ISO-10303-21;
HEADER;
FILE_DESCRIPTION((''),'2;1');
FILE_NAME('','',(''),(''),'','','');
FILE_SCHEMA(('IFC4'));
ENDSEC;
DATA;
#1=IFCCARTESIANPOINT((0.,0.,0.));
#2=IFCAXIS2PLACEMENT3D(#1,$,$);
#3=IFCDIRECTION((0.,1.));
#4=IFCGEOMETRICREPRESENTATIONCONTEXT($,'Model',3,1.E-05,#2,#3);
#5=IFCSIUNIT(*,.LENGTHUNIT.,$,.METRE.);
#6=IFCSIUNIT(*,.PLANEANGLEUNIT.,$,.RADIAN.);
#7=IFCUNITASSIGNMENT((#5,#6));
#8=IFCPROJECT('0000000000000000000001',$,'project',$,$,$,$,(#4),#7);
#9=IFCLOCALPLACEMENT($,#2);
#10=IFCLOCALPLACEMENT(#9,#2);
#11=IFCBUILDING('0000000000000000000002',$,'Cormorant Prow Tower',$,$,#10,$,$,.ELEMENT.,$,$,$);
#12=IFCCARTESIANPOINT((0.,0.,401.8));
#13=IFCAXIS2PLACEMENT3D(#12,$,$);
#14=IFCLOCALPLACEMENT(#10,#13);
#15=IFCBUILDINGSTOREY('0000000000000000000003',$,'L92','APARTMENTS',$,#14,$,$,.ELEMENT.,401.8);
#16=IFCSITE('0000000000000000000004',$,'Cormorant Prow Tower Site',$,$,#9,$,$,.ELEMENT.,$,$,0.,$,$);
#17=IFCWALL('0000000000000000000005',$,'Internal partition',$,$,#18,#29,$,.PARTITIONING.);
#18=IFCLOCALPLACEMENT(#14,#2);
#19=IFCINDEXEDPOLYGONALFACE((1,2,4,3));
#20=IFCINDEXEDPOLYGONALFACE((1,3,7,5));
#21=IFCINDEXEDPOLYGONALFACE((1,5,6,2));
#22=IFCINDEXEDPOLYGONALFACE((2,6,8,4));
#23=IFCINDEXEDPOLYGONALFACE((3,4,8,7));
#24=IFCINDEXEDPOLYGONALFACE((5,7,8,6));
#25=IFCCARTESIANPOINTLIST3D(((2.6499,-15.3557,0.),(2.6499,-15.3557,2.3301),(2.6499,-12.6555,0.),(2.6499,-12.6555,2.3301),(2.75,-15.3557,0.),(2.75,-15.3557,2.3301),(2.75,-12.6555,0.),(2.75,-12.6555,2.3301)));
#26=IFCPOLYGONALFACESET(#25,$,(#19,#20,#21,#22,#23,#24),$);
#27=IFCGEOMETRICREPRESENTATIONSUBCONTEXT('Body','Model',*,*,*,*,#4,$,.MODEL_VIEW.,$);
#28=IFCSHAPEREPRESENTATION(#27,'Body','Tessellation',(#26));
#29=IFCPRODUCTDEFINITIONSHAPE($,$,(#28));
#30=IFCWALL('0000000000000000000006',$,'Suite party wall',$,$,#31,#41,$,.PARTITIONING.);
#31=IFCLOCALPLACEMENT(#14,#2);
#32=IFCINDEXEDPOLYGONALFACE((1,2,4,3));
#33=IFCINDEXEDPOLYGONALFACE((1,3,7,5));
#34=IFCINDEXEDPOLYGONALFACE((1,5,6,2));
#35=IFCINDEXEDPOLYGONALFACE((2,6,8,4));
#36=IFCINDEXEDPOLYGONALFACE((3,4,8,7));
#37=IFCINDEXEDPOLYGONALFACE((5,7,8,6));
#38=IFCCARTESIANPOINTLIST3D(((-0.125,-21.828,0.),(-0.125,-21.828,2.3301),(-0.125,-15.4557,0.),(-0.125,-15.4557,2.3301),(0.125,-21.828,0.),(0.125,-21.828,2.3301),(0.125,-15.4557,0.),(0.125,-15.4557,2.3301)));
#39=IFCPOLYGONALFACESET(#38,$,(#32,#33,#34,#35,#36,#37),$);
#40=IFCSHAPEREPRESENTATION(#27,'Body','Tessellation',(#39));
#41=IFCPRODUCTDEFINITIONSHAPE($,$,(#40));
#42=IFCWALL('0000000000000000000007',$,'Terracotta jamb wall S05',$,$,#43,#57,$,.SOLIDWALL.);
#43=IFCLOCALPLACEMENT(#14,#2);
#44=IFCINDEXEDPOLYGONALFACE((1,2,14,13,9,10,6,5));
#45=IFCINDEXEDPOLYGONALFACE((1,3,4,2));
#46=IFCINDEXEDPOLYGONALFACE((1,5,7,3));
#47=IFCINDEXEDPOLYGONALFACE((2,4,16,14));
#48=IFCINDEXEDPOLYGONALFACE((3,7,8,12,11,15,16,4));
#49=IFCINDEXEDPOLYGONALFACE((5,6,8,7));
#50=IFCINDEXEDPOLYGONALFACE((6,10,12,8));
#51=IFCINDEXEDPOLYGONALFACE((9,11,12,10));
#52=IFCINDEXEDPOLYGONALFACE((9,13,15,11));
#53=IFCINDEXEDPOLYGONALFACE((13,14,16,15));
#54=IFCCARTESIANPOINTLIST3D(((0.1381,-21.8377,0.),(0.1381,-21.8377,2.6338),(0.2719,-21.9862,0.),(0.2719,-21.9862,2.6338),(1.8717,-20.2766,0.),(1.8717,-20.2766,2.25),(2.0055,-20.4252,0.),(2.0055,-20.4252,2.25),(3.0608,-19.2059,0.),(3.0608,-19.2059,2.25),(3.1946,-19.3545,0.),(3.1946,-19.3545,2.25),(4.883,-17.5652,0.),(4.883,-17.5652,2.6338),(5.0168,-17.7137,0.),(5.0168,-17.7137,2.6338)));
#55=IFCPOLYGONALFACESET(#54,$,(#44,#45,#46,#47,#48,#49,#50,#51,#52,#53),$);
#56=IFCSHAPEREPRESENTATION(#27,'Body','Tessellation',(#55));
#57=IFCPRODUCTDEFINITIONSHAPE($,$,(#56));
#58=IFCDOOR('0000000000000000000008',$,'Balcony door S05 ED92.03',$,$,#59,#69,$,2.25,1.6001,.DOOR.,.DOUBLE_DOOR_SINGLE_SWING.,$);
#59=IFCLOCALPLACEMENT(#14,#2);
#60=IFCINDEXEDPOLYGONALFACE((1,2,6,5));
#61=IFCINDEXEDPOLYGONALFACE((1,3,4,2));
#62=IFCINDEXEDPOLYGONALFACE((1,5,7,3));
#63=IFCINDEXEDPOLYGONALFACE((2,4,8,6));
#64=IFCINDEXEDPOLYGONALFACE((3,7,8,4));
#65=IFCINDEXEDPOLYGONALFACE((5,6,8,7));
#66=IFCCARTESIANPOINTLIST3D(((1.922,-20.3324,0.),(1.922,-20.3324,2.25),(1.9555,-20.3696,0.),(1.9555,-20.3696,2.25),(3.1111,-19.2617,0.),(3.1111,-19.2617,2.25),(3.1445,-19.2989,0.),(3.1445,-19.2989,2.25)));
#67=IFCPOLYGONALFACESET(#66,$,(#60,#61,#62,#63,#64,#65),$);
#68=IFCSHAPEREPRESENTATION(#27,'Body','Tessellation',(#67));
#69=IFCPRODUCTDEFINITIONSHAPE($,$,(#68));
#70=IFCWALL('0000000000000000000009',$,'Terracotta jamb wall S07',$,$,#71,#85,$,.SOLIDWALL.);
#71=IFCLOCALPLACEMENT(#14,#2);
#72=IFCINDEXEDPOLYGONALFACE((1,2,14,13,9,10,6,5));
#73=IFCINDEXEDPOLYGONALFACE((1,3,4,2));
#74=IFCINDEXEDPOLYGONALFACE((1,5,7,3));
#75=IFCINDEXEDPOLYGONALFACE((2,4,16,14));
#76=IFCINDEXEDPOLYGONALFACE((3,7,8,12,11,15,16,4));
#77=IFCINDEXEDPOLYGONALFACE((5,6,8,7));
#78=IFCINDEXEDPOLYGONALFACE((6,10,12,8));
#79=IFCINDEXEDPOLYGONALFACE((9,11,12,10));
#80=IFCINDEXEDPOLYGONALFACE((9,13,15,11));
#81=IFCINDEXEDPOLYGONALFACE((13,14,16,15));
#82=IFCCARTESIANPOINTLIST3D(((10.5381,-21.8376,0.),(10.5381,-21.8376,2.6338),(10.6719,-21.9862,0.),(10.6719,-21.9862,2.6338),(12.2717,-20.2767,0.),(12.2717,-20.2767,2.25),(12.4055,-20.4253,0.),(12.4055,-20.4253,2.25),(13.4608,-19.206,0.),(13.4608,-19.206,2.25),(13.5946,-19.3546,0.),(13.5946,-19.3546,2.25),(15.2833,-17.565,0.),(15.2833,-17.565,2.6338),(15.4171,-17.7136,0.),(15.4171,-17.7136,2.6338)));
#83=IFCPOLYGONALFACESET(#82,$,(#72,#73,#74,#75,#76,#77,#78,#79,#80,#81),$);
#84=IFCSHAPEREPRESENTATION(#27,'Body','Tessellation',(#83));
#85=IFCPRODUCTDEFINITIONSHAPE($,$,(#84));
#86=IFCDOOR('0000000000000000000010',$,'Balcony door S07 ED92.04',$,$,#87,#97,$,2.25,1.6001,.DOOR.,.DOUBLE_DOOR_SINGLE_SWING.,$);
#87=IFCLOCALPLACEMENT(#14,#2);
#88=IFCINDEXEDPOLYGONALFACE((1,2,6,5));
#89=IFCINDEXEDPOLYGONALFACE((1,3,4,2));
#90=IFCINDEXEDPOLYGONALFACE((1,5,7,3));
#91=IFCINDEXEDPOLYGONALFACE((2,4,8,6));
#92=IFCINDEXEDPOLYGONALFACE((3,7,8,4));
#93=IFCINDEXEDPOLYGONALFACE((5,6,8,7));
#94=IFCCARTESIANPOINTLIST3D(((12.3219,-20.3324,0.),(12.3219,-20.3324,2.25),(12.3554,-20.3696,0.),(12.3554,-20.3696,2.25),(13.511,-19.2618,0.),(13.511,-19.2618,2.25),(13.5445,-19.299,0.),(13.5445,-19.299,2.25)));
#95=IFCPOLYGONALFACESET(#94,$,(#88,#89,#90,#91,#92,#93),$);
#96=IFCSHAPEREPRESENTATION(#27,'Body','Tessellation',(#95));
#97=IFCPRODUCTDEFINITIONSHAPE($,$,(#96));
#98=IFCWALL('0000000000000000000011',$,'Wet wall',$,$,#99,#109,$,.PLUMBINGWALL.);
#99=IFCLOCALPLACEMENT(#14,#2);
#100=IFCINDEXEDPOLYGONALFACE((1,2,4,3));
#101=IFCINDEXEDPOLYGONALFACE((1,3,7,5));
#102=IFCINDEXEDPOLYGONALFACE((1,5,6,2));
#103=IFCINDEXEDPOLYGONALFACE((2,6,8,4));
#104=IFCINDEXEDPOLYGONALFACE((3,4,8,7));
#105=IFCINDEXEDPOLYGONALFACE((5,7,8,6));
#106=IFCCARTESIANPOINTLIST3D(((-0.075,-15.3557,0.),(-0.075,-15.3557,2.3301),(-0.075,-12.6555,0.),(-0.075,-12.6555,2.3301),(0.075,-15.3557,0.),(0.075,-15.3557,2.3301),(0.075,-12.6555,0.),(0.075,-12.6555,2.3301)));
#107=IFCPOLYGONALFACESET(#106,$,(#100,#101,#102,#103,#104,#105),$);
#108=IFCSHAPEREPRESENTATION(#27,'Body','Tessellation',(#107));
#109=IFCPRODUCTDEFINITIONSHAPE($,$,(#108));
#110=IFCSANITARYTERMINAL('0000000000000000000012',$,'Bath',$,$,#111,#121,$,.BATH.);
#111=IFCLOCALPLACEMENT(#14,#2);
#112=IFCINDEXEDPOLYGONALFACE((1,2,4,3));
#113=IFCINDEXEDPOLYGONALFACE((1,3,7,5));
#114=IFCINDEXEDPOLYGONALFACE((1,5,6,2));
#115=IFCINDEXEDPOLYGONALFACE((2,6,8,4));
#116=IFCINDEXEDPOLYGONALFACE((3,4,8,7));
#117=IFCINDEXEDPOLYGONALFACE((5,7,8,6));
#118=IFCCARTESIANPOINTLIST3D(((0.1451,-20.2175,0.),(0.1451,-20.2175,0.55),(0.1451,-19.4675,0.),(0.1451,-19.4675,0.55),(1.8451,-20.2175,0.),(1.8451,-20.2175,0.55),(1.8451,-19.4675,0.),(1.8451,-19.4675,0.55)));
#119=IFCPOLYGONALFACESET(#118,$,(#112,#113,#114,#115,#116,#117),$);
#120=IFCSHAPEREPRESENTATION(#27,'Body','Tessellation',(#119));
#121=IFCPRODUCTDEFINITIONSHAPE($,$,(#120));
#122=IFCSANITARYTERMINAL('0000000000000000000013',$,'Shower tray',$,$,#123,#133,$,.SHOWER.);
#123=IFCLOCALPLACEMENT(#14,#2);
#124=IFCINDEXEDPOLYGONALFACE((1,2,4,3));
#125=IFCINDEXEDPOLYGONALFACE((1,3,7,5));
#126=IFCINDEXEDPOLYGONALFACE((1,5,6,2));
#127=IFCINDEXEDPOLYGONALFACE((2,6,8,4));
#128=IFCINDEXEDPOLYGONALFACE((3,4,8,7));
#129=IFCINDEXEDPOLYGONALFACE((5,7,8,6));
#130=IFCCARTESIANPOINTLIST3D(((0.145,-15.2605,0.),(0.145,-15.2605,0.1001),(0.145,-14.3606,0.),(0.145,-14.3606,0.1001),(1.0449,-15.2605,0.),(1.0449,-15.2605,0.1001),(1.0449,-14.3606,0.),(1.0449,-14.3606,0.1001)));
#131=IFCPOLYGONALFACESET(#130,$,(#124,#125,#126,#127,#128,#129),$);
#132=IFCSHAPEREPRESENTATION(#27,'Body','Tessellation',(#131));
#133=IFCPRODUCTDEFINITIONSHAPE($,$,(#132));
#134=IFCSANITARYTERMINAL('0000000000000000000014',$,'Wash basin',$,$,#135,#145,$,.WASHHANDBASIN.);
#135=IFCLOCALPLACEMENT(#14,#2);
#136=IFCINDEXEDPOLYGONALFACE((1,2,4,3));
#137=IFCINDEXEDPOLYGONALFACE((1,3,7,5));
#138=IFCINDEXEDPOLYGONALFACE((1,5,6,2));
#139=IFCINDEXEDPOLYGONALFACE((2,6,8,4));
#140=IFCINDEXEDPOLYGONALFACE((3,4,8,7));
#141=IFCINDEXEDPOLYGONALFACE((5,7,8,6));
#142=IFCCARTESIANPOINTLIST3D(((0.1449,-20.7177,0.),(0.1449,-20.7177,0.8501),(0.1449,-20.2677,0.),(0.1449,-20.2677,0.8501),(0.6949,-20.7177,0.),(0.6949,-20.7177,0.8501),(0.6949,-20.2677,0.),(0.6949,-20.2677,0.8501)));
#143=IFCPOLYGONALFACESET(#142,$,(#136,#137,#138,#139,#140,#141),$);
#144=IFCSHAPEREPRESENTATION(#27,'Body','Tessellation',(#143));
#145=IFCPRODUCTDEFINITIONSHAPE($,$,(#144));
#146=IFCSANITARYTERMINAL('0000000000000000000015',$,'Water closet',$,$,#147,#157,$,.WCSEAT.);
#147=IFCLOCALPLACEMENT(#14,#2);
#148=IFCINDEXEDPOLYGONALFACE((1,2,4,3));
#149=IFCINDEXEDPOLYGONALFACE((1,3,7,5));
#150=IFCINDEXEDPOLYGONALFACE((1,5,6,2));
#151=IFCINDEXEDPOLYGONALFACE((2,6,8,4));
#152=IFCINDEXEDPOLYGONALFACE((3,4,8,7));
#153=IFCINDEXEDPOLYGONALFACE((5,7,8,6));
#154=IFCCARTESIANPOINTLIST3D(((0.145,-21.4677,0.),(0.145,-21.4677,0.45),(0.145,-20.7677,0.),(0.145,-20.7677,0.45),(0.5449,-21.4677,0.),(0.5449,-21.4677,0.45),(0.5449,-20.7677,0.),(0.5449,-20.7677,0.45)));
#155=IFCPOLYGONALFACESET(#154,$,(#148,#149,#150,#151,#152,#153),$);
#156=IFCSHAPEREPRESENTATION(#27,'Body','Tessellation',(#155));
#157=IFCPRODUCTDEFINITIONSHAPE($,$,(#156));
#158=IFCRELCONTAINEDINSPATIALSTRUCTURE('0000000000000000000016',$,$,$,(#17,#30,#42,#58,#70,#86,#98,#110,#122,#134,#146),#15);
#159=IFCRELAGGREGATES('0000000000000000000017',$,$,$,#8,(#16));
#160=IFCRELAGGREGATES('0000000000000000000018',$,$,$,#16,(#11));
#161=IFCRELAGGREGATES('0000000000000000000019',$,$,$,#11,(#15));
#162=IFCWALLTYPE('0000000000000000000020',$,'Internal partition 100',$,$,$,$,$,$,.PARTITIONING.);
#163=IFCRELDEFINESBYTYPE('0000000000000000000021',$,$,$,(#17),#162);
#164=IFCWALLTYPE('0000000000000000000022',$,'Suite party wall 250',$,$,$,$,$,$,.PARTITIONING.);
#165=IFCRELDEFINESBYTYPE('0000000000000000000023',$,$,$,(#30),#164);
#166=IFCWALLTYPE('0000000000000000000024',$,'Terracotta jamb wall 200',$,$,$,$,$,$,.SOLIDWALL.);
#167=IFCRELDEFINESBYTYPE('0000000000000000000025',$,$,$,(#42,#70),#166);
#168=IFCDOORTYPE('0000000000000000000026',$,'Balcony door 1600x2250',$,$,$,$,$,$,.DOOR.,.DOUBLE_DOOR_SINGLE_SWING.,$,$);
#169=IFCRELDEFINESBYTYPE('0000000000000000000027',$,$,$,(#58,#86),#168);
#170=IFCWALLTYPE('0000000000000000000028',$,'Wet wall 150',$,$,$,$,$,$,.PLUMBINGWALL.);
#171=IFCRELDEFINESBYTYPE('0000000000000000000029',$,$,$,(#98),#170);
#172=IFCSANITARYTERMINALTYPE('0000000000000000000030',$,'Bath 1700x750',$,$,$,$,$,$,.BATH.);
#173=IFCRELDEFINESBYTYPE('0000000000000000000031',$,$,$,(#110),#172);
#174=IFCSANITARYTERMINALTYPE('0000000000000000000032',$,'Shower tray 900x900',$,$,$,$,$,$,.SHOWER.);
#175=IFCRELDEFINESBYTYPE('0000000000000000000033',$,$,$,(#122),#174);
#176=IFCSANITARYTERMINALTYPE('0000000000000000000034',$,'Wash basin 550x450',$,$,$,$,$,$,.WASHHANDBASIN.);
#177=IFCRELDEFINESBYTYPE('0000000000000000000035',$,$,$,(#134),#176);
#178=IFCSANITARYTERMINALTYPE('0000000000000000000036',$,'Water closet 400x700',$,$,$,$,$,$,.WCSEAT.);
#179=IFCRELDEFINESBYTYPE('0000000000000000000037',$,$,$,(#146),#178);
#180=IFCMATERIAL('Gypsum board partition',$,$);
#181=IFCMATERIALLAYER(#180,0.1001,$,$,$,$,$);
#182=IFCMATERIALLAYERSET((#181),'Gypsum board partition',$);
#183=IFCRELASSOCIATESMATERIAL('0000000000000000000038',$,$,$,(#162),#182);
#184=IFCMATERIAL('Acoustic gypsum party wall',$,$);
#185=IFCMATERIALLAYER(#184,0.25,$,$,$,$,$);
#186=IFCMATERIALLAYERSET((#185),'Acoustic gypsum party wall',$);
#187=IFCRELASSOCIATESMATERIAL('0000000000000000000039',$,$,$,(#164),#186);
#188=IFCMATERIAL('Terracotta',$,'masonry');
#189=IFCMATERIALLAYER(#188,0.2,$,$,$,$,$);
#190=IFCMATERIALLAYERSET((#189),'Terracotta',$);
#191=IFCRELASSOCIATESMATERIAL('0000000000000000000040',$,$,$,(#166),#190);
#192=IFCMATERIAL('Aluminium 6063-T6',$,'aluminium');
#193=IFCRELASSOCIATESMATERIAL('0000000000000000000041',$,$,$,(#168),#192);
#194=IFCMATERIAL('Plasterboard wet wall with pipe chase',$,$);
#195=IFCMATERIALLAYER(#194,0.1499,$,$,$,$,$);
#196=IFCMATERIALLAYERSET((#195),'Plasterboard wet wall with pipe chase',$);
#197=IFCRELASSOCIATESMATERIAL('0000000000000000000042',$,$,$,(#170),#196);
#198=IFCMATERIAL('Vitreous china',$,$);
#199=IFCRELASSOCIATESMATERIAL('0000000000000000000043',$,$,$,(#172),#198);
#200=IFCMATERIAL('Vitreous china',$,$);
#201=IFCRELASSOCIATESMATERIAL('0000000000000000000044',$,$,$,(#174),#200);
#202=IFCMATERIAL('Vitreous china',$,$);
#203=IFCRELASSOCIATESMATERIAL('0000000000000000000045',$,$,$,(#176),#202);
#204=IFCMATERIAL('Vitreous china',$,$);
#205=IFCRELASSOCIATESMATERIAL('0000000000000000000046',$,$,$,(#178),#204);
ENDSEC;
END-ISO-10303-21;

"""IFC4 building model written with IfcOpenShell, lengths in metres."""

from ifc_helpers import new_model, si_unit, direction, frame, frame_2d, origin, origin_2d, place, context, subcontext, project, spatial, rectangle, extrude, material, layer, layer_set, type_object, element, fill, save


model = new_model("IFC4")

# Units and contexts
model_context = context("Model", 3, precision=1e-05, world=origin(), true_north=direction((0.0, 1.0)))
body_context = subcontext(model_context, "Body", "Model", "MODEL_VIEW")
ifc_project = project(units=[si_unit("LENGTHUNIT", "METRE"), si_unit("PLANEANGLEUNIT", "RADIAN")], contexts=[model_context])

# Site, building, storey
site_placement = place(None, origin())
site = spatial("IfcSite", under=ifc_project, at=site_placement, Name="Cormorant Prow Tower Site", CompositionType="ELEMENT", RefElevation=0.0)
building_placement = place(site_placement, origin())
building = spatial("IfcBuilding", under=site, at=building_placement, Name="Cormorant Prow Tower", CompositionType="ELEMENT")
storey_placement = place(building_placement, frame((0.0, 0.0, 401.8)))
storey = spatial("IfcBuildingStorey", under=building, at=storey_placement, Name="L92", Description="APARTMENTS", CompositionType="ELEMENT", Elevation=401.8)

# Shared definitions
ifc_material_1 = material(Name="Gypsum board partition")
ifc_layer_1 = layer(ifc_material_1, 0.1001)
ifc_layer_set_1 = layer_set([ifc_layer_1], Name="Gypsum board partition")
wall_type_1 = type_object("IfcWallType", Name="Internal partition 100", PredefinedType="PARTITIONING", material=ifc_layer_set_1)

# Walls
wall_1_placement = place(storey_placement, frame((2.7, -15.3557, 0.0), z_axis=(0.0, 0.0, 1.0), x_axis=(0.0, 1.0, 0.0)))
element("IfcWall", 1, at=wall_1_placement, inside=storey, type_object=wall_type_1, Name="Internal partition", PredefinedType="PARTITIONING", context=body_context, shape_type="SweptSolid", body=[
    extrude(rectangle(XDim=2.7002, YDim=0.1001, at=frame_2d((1.3501, 0.0))), origin(), (0.0, 0.0, 1.0), 2.3301),
])
ifc_material_2 = material(Name="Acoustic gypsum party wall")
ifc_layer_2 = layer(ifc_material_2, 0.25)
ifc_layer_set_2 = layer_set([ifc_layer_2], Name="Acoustic gypsum party wall")
wall_type_2 = type_object("IfcWallType", Name="Suite party wall 250", PredefinedType="PARTITIONING", material=ifc_layer_set_2)
wall_2_placement = place(storey_placement, frame((0.0, -21.8279, 0.0), z_axis=(0.0, 0.0, 1.0), x_axis=(0.0, 1.0, 0.0)))
element("IfcWall", 2, at=wall_2_placement, inside=storey, type_object=wall_type_2, Name="Suite party wall", PredefinedType="PARTITIONING", context=body_context, shape_type="SweptSolid", body=[
    extrude(rectangle(XDim=6.3723, YDim=0.25, at=frame_2d((3.186, 0.0))), origin(), (0.0, 0.0, 1.0), 2.3301),
])

# Walls, openings, doors
ifc_material_3 = material(Name="Terracotta", Category="masonry")
ifc_layer_3 = layer(ifc_material_3, 0.2)
ifc_layer_set_3 = layer_set([ifc_layer_3], Name="Terracotta")
wall_type_3 = type_object("IfcWallType", Name="Terracotta jamb wall 200", PredefinedType="SOLIDWALL", material=ifc_layer_set_3)
wall_3_placement = place(storey_placement, frame((0.2051, -21.9119, 0.0), z_axis=(0.0, 0.0, 1.0), x_axis=(0.743133, 0.669144, 0.0)))
wall_3 = element("IfcWall", 3, at=wall_3_placement, inside=storey, type_object=wall_type_3, Name="Terracotta jamb wall S05", PredefinedType="SOLIDWALL", context=body_context, shape_type="SweptSolid", body=[
    extrude(rectangle(XDim=6.385, YDim=0.2, at=frame_2d((3.1924, 0.0))), origin(), (0.0, 0.0, 1.0), 2.6338),
])
opening_1_placement = place(wall_3_placement, frame((2.3328, 0.0, 0.0)))
opening_1 = element("IfcOpeningElement", 4, at=opening_1_placement, cuts=wall_3, PredefinedType="OPENING", context=body_context, shape_type="SweptSolid", body=[
    extrude(rectangle(XDim=1.6001, YDim=2.25, at=frame_2d((0.8, 1.125))), frame((0.0, 0.1099, 0.0), z_axis=(0.0, -1.0, 0.0), x_axis=(1.0, 0.0, 0.0)), (0.0, 0.0, 1.0), 0.22),
])
ifc_material_4 = material(Name="Aluminium 6063-T6", Category="aluminium")
door_type_1 = type_object("IfcDoorType", Name="Balcony door 1600x2250", OperationType="DOUBLE_DOOR_SINGLE_SWING", PredefinedType="DOOR", material=ifc_material_4)
door_1_placement = place(opening_1_placement, origin())
door_1 = element("IfcDoor", 5, at=door_1_placement, inside=storey, type_object=door_type_1, Name="Balcony door S05 ED92.03", OperationType="DOUBLE_DOOR_SINGLE_SWING", OverallHeight=2.25, OverallWidth=1.6001, PredefinedType="DOOR", context=body_context, shape_type="SweptSolid", body=[
    extrude(rectangle(XDim=1.6001, YDim=2.25, at=frame_2d((0.8, 1.125))), frame((0.0, 0.0249, 0.0), z_axis=(0.0, -1.0, 0.0), x_axis=(1.0, 0.0, 0.0)), (0.0, 0.0, 1.0), 0.05),
])
fill(opening_1, door_1)
wall_4_placement = place(storey_placement, frame((10.605, -21.9119, 0.0), z_axis=(0.0, 0.0, 1.0), x_axis=(0.74315, 0.669125, 0.0)))
wall_4 = element("IfcWall", 6, at=wall_4_placement, inside=storey, type_object=wall_type_3, Name="Terracotta jamb wall S07", PredefinedType="SOLIDWALL", context=body_context, shape_type="SweptSolid", body=[
    extrude(rectangle(XDim=6.3853, YDim=0.2, at=frame_2d((3.1926, 0.0))), origin(), (0.0, 0.0, 1.0), 2.6338),
])
opening_2_placement = place(wall_4_placement, frame((2.3328, 0.0, 0.0)))
opening_2 = element("IfcOpeningElement", 7, at=opening_2_placement, cuts=wall_4, PredefinedType="OPENING", context=body_context, shape_type="SweptSolid", body=[
    extrude(rectangle(XDim=1.6001, YDim=2.25, at=frame_2d((0.8, 1.125))), frame((0.0, 0.1099, 0.0), z_axis=(0.0, -1.0, 0.0), x_axis=(1.0, 0.0, 0.0)), (0.0, 0.0, 1.0), 0.22),
])
door_2_placement = place(opening_2_placement, origin())
door_2 = element("IfcDoor", 8, at=door_2_placement, inside=storey, type_object=door_type_1, Name="Balcony door S07 ED92.04", OperationType="DOUBLE_DOOR_SINGLE_SWING", OverallHeight=2.25, OverallWidth=1.6001, PredefinedType="DOOR", context=body_context, shape_type="SweptSolid", body=[
    extrude(rectangle(XDim=1.6001, YDim=2.25, at=frame_2d((0.8, 1.125))), frame((0.0, 0.0249, 0.0), z_axis=(0.0, -1.0, 0.0), x_axis=(1.0, 0.0, 0.0)), (0.0, 0.0, 1.0), 0.05),
])
fill(opening_2, door_2)

# Wall
ifc_material_5 = material(Name="Plasterboard wet wall with pipe chase")
ifc_layer_4 = layer(ifc_material_5, 0.1499)
ifc_layer_set_4 = layer_set([ifc_layer_4], Name="Plasterboard wet wall with pipe chase")
wall_type_4 = type_object("IfcWallType", Name="Wet wall 150", PredefinedType="PLUMBINGWALL", material=ifc_layer_set_4)
wall_5_placement = place(storey_placement, frame((0.0, -15.3557, 0.0), z_axis=(0.0, 0.0, 1.0), x_axis=(0.0, 1.0, 0.0)))
element("IfcWall", 9, at=wall_5_placement, inside=storey, type_object=wall_type_4, Name="Wet wall", PredefinedType="PLUMBINGWALL", context=body_context, shape_type="SweptSolid", body=[
    extrude(rectangle(XDim=2.7002, YDim=0.1499, at=frame_2d((1.3501, 0.0))), origin(), (0.0, 0.0, 1.0), 2.3301),
])

# Sanitary terminals
ifc_material_6 = material(Name="Vitreous china")
sanitary_terminal_type_1 = type_object("IfcSanitaryTerminalType", Name="Bath 1700x750", PredefinedType="BATH", material=ifc_material_6)
sanitary_terminal_1_placement = place(storey_placement, frame((0.9951, -19.8425, 0.0), z_axis=(0.0, 0.0, 1.0), x_axis=(1.0, 0.0, 0.0)))
element("IfcSanitaryTerminal", 10, at=sanitary_terminal_1_placement, inside=storey, type_object=sanitary_terminal_type_1, Name="Bath", PredefinedType="BATH", context=body_context, shape_type="SweptSolid", body=[
    extrude(rectangle(XDim=1.7, YDim=0.75, at=origin_2d()), origin(), (0.0, 0.0, 1.0), 0.55),
])
ifc_material_7 = material(Name="Vitreous china")
sanitary_terminal_type_2 = type_object("IfcSanitaryTerminalType", Name="Shower tray 900x900", PredefinedType="SHOWER", material=ifc_material_7)
sanitary_terminal_2_placement = place(storey_placement, frame((0.595, -14.8105, 0.0), z_axis=(0.0, 0.0, 1.0), x_axis=(0.0, 1.0, 0.0)))
element("IfcSanitaryTerminal", 11, at=sanitary_terminal_2_placement, inside=storey, type_object=sanitary_terminal_type_2, Name="Shower tray", PredefinedType="SHOWER", context=body_context, shape_type="SweptSolid", body=[
    extrude(rectangle(XDim=0.8999, YDim=0.8999, at=origin_2d()), origin(), (0.0, 0.0, 1.0), 0.1001),
])
ifc_material_8 = material(Name="Vitreous china")
sanitary_terminal_type_3 = type_object("IfcSanitaryTerminalType", Name="Wash basin 550x450", PredefinedType="WASHHANDBASIN", material=ifc_material_8)
sanitary_terminal_3_placement = place(storey_placement, frame((0.4199, -20.4927, 0.0), z_axis=(0.0, 0.0, 1.0), x_axis=(1.0, 0.0, 0.0)))
element("IfcSanitaryTerminal", 12, at=sanitary_terminal_3_placement, inside=storey, type_object=sanitary_terminal_type_3, Name="Wash basin", PredefinedType="WASHHANDBASIN", context=body_context, shape_type="SweptSolid", body=[
    extrude(rectangle(XDim=0.55, YDim=0.45, at=origin_2d()), origin(), (0.0, 0.0, 1.0), 0.8501),
])
ifc_material_9 = material(Name="Vitreous china")
sanitary_terminal_type_4 = type_object("IfcSanitaryTerminalType", Name="Water closet 400x700", PredefinedType="WCSEAT", material=ifc_material_9)
sanitary_terminal_4_placement = place(storey_placement, frame((0.345, -21.1177, 0.0), z_axis=(0.0, 0.0, 1.0), x_axis=(1.0, 0.0, 0.0)))
element("IfcSanitaryTerminal", 13, at=sanitary_terminal_4_placement, inside=storey, type_object=sanitary_terminal_type_4, Name="Water closet", PredefinedType="WCSEAT", context=body_context, shape_type="SweptSolid", body=[
    extrude(rectangle(XDim=0.3999, YDim=0.7, at=origin_2d()), origin(), (0.0, 0.0, 1.0), 0.45),
])

save(model, "model.ifc")
